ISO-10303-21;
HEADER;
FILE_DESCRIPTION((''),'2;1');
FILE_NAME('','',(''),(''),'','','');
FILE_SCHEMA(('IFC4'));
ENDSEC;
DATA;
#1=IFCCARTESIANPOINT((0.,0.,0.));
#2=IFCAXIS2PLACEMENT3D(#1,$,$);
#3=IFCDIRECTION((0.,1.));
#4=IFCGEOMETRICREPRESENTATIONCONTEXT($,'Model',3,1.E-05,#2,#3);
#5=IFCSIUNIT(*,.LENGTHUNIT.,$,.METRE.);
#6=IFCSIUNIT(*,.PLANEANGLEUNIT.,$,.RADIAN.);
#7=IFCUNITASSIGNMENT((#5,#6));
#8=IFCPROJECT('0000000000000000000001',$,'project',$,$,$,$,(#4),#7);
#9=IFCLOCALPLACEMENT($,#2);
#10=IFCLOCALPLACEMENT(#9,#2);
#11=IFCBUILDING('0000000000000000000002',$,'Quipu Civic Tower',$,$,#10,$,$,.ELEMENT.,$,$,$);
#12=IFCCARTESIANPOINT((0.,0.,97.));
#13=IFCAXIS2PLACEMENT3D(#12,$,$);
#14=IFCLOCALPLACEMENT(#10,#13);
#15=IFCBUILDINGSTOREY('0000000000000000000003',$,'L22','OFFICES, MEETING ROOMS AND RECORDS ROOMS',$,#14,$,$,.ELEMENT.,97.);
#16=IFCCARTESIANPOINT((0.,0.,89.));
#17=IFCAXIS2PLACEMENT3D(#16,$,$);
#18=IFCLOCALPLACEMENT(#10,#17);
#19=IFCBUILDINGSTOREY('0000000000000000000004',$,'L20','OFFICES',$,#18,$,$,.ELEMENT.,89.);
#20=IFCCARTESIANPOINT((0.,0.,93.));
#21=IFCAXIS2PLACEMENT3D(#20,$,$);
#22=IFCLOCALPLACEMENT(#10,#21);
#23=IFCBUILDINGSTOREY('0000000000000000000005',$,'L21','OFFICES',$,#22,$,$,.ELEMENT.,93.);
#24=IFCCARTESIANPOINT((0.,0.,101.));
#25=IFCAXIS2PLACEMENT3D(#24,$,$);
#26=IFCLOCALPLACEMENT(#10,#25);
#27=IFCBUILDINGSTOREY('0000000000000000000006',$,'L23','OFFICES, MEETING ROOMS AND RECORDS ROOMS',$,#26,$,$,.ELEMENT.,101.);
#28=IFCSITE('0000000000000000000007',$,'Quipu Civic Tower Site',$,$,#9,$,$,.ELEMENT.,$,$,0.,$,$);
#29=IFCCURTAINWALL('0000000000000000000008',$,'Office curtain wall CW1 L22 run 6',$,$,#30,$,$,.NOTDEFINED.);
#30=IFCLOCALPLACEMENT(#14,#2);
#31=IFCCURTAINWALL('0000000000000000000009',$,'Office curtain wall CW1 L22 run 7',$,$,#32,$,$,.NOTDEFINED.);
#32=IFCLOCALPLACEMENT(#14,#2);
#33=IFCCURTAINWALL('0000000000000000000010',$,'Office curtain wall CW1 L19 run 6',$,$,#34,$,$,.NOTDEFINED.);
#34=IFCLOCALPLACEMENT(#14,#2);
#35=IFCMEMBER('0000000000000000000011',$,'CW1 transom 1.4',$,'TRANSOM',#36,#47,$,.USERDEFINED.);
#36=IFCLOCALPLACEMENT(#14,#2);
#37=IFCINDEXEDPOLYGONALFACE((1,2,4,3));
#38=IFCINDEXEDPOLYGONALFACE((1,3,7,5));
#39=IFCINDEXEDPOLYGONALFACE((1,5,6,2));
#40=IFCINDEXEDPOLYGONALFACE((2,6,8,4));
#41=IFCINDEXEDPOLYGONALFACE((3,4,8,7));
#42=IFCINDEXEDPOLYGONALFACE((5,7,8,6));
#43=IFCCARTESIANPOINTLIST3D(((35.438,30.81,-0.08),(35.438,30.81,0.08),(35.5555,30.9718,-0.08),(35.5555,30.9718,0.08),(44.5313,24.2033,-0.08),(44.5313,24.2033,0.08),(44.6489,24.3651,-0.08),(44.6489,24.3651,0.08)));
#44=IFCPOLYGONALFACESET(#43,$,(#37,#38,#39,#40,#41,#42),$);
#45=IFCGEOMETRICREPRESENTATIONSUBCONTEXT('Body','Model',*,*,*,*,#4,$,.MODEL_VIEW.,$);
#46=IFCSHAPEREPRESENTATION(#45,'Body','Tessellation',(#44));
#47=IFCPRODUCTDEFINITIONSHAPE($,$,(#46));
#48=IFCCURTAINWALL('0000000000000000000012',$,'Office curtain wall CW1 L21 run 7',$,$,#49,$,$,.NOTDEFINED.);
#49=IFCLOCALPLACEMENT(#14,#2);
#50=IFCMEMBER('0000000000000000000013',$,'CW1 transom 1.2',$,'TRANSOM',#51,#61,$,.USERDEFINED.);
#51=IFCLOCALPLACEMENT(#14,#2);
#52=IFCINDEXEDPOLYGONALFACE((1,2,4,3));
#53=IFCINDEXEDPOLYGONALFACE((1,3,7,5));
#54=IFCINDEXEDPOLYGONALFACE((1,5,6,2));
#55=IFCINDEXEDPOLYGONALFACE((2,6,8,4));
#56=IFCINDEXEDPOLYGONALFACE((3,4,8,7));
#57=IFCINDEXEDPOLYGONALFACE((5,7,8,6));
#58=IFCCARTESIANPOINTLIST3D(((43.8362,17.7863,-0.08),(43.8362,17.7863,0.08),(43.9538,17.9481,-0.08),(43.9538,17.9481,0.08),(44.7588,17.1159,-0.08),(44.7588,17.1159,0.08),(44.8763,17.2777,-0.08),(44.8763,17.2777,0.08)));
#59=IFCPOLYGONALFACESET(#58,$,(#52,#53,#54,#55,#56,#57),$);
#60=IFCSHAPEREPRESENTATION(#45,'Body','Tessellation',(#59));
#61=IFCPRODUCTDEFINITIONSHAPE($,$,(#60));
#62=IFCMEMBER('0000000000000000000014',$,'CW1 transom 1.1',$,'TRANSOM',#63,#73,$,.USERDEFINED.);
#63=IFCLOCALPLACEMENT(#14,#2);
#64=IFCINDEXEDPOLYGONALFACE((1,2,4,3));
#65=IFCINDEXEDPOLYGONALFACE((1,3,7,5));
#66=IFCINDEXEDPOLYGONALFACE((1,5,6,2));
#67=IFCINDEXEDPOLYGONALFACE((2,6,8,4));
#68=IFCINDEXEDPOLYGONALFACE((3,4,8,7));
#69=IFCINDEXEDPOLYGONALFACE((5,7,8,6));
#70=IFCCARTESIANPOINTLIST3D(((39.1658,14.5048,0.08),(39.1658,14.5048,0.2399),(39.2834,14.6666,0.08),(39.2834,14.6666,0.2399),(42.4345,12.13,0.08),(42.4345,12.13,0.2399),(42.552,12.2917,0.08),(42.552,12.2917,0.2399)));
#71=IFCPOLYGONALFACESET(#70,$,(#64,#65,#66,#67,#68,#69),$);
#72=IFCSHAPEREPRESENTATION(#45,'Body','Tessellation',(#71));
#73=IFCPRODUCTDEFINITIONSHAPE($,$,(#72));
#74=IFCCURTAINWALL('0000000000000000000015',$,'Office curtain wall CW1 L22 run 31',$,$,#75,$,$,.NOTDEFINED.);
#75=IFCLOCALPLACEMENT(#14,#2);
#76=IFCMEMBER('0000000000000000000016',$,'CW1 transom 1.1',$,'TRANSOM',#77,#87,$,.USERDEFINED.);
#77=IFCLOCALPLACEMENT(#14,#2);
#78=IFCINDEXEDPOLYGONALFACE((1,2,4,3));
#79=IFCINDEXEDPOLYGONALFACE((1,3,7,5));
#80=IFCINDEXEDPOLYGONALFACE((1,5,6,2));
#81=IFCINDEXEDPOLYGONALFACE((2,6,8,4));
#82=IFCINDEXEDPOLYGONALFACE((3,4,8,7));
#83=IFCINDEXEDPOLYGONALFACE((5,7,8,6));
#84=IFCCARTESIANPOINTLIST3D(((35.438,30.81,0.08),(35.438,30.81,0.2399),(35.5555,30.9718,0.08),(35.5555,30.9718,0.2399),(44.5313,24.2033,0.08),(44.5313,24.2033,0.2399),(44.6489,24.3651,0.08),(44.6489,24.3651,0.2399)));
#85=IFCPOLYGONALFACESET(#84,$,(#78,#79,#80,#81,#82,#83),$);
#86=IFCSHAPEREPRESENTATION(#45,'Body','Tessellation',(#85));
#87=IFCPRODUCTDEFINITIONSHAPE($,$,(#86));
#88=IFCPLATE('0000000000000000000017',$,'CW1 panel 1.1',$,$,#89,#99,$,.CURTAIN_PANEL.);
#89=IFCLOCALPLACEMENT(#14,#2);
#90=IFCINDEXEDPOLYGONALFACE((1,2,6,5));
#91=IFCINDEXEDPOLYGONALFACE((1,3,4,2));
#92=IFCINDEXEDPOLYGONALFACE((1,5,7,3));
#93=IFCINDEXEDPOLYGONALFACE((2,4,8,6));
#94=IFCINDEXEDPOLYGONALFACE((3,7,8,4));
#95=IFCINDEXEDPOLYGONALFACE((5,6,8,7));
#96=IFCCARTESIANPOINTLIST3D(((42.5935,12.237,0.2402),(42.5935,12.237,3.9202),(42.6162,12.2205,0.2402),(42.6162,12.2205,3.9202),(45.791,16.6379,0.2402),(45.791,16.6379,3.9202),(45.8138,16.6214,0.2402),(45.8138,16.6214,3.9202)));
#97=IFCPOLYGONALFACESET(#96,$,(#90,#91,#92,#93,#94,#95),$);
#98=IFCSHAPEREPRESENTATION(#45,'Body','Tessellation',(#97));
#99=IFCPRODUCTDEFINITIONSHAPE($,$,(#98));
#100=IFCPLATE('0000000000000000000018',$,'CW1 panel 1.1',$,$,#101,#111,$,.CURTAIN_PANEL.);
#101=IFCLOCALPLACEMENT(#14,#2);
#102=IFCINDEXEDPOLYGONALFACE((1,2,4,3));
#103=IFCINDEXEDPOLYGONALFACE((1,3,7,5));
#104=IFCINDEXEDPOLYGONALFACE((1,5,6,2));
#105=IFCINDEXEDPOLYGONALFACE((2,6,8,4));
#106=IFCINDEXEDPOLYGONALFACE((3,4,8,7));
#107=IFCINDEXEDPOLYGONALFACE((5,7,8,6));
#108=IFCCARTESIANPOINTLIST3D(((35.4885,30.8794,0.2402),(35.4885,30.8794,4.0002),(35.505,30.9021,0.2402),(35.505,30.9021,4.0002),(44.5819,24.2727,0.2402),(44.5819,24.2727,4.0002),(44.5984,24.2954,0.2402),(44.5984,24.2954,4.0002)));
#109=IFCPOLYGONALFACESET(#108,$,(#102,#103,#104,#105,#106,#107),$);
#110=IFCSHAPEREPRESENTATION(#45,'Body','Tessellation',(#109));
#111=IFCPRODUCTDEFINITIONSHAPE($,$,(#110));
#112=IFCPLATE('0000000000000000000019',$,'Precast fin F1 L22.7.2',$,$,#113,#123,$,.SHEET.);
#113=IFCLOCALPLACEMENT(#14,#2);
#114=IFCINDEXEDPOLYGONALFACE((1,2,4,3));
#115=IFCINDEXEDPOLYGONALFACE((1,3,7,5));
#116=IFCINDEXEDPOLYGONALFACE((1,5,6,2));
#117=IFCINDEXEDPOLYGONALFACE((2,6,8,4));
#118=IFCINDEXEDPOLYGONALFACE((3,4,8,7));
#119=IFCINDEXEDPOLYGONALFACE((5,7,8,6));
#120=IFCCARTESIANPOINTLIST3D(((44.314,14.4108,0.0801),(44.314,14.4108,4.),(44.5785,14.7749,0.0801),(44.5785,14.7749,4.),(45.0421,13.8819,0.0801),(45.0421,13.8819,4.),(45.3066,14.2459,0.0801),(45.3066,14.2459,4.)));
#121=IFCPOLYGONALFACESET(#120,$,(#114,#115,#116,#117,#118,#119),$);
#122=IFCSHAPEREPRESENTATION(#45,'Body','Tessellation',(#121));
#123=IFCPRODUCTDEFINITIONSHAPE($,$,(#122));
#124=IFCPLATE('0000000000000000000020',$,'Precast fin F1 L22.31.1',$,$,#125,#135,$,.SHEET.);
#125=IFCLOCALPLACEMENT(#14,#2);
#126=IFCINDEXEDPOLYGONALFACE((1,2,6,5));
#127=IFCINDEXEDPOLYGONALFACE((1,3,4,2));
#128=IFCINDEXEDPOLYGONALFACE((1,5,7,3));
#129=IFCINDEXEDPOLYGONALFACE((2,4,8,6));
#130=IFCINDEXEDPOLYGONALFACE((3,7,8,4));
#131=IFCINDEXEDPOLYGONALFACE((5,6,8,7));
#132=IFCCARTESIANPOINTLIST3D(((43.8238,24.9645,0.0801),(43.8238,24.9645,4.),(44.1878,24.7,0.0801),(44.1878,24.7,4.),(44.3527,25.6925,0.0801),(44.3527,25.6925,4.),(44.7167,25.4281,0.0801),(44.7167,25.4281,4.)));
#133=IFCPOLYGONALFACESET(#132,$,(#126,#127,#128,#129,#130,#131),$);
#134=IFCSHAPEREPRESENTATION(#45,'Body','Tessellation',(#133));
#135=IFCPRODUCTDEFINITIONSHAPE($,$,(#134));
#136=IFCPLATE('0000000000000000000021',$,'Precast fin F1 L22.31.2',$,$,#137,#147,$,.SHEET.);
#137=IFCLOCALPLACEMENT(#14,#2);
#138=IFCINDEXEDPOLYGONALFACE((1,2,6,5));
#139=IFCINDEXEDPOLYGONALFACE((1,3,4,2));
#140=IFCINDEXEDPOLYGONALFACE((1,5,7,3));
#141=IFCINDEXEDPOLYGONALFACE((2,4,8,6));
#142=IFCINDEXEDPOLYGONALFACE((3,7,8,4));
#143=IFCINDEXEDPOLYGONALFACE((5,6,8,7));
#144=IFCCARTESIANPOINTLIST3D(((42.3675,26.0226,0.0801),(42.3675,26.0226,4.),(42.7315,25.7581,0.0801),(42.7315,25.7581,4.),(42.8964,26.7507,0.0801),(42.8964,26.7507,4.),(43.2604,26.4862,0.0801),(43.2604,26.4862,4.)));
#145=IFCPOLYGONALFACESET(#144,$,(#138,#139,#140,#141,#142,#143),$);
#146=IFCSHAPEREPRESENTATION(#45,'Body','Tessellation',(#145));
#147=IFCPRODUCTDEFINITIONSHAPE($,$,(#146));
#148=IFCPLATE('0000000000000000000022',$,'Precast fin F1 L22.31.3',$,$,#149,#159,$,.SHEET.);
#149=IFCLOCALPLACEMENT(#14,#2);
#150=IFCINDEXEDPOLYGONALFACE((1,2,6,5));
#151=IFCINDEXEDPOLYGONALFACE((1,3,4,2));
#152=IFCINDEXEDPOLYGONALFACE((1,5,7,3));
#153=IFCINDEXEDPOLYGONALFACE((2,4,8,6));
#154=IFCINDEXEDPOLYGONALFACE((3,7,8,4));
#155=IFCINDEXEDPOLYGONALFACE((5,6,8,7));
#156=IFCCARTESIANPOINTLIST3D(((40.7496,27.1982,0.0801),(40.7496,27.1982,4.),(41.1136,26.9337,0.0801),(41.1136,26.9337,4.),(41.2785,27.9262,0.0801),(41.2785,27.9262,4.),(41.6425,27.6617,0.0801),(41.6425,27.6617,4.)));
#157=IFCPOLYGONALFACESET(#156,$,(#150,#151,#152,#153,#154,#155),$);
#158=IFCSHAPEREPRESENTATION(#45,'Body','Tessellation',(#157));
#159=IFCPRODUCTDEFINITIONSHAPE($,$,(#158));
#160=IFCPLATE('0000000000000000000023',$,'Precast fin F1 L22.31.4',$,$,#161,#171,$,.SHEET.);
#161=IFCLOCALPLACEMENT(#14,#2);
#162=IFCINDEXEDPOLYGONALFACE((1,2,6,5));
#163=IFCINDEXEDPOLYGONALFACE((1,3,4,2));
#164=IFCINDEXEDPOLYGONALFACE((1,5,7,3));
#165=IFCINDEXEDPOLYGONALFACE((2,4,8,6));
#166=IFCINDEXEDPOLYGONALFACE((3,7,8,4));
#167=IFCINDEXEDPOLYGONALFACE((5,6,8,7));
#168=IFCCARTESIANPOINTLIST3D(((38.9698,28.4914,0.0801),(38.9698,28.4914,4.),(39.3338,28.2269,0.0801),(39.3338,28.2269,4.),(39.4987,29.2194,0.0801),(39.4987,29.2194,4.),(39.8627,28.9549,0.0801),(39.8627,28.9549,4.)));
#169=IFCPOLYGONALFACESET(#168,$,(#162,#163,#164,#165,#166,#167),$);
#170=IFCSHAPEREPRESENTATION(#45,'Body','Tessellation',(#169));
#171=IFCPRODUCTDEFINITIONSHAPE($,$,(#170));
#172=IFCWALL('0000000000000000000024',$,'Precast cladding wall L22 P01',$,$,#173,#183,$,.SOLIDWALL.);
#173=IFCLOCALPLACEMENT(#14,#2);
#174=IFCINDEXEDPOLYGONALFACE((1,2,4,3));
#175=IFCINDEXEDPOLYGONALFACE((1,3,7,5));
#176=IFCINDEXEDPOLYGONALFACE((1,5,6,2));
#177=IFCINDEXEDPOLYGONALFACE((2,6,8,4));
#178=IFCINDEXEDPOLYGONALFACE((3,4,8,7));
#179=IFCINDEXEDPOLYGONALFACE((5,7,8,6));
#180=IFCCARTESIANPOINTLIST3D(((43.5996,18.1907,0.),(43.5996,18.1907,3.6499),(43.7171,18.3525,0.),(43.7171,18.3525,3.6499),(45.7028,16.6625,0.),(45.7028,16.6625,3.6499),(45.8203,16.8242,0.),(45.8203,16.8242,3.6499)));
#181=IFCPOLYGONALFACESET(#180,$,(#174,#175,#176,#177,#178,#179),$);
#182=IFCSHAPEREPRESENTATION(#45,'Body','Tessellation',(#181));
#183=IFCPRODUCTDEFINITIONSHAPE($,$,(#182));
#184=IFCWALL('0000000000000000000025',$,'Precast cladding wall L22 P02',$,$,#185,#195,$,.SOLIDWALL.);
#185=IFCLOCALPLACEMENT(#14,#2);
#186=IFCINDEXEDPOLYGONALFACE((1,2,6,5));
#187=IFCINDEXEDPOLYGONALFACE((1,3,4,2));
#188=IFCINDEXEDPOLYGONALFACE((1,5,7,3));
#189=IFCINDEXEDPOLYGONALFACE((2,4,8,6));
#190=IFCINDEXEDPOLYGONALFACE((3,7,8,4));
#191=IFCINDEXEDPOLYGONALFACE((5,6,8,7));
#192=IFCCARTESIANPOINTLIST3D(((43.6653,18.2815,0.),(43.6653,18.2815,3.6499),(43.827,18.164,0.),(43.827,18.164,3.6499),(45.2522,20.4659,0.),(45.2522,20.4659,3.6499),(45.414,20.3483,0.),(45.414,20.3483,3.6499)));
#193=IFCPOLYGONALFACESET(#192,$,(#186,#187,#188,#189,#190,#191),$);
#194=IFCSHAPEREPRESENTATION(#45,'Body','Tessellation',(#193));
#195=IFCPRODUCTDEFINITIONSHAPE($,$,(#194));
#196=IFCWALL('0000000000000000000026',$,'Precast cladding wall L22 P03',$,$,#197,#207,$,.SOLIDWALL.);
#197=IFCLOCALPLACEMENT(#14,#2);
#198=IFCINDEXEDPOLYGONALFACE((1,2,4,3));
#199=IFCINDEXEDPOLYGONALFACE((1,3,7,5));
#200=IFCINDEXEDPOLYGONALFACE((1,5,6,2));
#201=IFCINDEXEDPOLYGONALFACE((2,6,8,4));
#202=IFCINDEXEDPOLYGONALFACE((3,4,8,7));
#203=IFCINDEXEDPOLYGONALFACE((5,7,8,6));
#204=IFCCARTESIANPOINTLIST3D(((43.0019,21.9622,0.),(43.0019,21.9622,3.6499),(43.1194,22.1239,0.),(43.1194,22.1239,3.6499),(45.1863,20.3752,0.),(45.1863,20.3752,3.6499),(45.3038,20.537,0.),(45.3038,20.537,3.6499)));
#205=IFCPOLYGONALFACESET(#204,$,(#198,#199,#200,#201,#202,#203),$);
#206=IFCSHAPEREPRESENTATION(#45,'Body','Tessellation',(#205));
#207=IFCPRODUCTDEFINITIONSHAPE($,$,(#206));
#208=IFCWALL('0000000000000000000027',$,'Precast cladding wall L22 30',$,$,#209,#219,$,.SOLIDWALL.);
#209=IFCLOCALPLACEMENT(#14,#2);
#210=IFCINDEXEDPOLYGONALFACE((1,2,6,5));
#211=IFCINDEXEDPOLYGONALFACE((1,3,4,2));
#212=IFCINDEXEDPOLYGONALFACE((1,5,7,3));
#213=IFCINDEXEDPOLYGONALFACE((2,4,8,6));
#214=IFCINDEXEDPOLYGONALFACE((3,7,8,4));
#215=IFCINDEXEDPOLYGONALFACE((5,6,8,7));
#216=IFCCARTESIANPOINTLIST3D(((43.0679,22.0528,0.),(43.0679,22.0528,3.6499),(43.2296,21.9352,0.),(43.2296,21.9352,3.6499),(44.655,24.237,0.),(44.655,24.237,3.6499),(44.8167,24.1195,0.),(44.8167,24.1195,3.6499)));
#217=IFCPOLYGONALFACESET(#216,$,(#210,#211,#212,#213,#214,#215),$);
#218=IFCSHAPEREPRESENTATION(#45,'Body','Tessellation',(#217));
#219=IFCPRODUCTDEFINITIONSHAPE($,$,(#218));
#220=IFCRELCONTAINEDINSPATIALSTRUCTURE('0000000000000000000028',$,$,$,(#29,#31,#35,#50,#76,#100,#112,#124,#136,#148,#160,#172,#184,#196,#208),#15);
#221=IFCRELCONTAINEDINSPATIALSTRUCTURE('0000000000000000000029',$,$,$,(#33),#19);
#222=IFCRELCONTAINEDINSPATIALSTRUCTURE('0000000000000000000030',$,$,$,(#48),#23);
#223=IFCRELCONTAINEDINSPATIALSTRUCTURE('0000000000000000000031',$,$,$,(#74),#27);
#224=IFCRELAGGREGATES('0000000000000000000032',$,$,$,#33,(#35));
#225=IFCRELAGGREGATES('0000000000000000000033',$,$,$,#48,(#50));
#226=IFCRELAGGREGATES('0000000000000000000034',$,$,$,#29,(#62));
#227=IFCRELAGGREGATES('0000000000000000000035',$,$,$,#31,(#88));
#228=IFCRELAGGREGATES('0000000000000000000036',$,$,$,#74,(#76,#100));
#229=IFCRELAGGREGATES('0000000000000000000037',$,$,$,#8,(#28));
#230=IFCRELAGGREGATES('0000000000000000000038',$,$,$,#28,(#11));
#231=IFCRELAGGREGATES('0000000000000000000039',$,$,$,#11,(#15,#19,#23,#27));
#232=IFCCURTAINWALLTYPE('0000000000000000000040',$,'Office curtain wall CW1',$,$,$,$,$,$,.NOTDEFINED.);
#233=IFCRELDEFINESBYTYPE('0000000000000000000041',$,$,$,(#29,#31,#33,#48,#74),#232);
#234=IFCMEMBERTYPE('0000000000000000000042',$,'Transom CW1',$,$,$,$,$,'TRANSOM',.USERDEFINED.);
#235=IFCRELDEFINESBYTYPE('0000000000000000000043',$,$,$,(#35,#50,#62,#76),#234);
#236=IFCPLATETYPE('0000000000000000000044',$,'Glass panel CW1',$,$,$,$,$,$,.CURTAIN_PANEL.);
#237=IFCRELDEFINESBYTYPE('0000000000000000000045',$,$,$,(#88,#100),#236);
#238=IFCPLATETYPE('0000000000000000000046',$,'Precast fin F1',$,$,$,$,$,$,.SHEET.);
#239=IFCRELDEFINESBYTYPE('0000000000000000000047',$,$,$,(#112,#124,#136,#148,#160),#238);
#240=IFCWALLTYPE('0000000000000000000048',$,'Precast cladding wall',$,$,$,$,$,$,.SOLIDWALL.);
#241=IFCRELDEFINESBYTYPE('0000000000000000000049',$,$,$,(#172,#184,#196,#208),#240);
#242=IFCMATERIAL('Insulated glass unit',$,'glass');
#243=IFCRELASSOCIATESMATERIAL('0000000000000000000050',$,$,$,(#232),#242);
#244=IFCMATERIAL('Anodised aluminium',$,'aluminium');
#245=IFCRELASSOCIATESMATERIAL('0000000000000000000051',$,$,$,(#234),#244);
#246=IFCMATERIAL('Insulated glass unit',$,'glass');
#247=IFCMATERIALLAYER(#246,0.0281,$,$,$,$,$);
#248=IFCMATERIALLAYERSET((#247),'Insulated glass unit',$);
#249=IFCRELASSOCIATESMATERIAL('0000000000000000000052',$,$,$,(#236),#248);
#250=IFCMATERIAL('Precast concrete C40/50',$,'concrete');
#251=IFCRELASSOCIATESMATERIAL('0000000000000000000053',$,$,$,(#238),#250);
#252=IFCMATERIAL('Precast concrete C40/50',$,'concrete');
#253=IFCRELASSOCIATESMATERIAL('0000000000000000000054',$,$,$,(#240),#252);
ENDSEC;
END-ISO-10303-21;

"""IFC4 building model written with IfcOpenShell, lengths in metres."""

from ifc_helpers import new_model, si_unit, direction, frame, frame_2d, origin, origin_2d, place, context, subcontext, project, spatial, rectangle, extrude, material, layer, layer_set, material_profile, profile_set, type_object, element, aggregate, save


model = new_model("IFC4")

# Units and contexts
model_context = context("Model", 3, precision=1e-05, world=origin(), true_north=direction((0.0, 1.0)))
body_context = subcontext(model_context, "Body", "Model", "MODEL_VIEW")
ifc_project = project(units=[si_unit("LENGTHUNIT", "METRE"), si_unit("PLANEANGLEUNIT", "RADIAN")], contexts=[model_context])

# Site, building, storey
site_placement = place(None, origin())
site = spatial("IfcSite", under=ifc_project, at=site_placement, Name="Quipu Civic Tower Site", CompositionType="ELEMENT", RefElevation=0.0)
building_placement = place(site_placement, origin())
building = spatial("IfcBuilding", under=site, at=building_placement, Name="Quipu Civic Tower", CompositionType="ELEMENT")
storey_1_placement = place(building_placement, frame((0.0, 0.0, 97.0)))
storey_1 = spatial("IfcBuildingStorey", under=building, at=storey_1_placement, Name="L22", Description="OFFICES, MEETING ROOMS AND RECORDS ROOMS", CompositionType="ELEMENT", Elevation=97.0)

# Curtain walls
ifc_material_1 = material(Name="Insulated glass unit", Category="glass")
curtain_wall_type = type_object("IfcCurtainWallType", Name="Office curtain wall CW1", PredefinedType="NOTDEFINED", material=ifc_material_1)
curtain_wall_1_placement = place(storey_1_placement, origin())
curtain_wall_1 = element("IfcCurtainWall", 1, at=curtain_wall_1_placement, inside=storey_1, type_object=curtain_wall_type, Name="Office curtain wall CW1 L22 run 6", PredefinedType="NOTDEFINED")
curtain_wall_2_placement = place(storey_1_placement, origin())
curtain_wall_2 = element("IfcCurtainWall", 2, at=curtain_wall_2_placement, inside=storey_1, type_object=curtain_wall_type, Name="Office curtain wall CW1 L22 run 7", PredefinedType="NOTDEFINED")

# Shared definitions
storey_2_placement = place(building_placement, frame((0.0, 0.0, 89.0)))
storey_2 = spatial("IfcBuildingStorey", under=building, at=storey_2_placement, Name="L20", Description="OFFICES", CompositionType="ELEMENT", Elevation=89.0)

# Curtain wall, member
curtain_wall_3_placement = place(storey_2_placement, origin())
curtain_wall_3 = element("IfcCurtainWall", 3, at=curtain_wall_3_placement, inside=storey_2, type_object=curtain_wall_type, Name="Office curtain wall CW1 L19 run 6", PredefinedType="NOTDEFINED")
ifc_material_2 = material(Name="Anodised aluminium", Category="aluminium")
ifc_material_profile_1 = material_profile(ifc_material_2, rectangle(XDim=0.2, YDim=0.1599, at=origin_2d()), Name="RECT 200x160")
ifc_profile_set_1 = profile_set([ifc_material_profile_1], Name="Anodised aluminium")
member_type_1 = type_object("IfcMemberType", Name="Transom CW1", ElementType="TRANSOM", PredefinedType="USERDEFINED", material=ifc_profile_set_1)
member_1_placement = place(storey_1_placement, frame((44.5901, 24.2842, 0.0), z_axis=(-0.809015, 0.587788, 0.0), x_axis=(-0.587788, -0.809015, 0.0)))
member_1 = element("IfcMember", 4, at=member_1_placement, inside=storey_1, type_object=member_type_1, Name="CW1 transom 1.4", ObjectType="TRANSOM", PredefinedType="USERDEFINED", context=body_context, shape_type="SweptSolid", body=[
    extrude(rectangle(XDim=0.2, YDim=0.1599, at=origin_2d()), origin(), (0.0, 0.0, 1.0), 11.24),
])
aggregate(curtain_wall_3, [member_1])

# Shared definitions
storey_3_placement = place(building_placement, frame((0.0, 0.0, 93.0)))
storey_3 = spatial("IfcBuildingStorey", under=building, at=storey_3_placement, Name="L21", Description="OFFICES", CompositionType="ELEMENT", Elevation=93.0)

# Curtain wall, member
curtain_wall_4_placement = place(storey_3_placement, origin())
curtain_wall_4 = element("IfcCurtainWall", 5, at=curtain_wall_4_placement, inside=storey_3, type_object=curtain_wall_type, Name="Office curtain wall CW1 L21 run 7", PredefinedType="NOTDEFINED")
member_2_placement = place(storey_1_placement, frame((43.895, 17.8672, 0.0), z_axis=(0.808977, -0.587841, 0.0), x_axis=(0.587841, 0.808977, 0.0)))
member_2 = element("IfcMember", 6, at=member_2_placement, inside=storey_1, type_object=member_type_1, Name="CW1 transom 1.2", ObjectType="TRANSOM", PredefinedType="USERDEFINED", context=body_context, shape_type="SweptSolid", body=[
    extrude(rectangle(XDim=0.2, YDim=0.1599, at=origin_2d()), origin(), (0.0, 0.0, 1.0), 1.1404),
])
aggregate(curtain_wall_4, [member_2])

# Member
member_3_placement = place(storey_1_placement, frame((39.2246, 14.5857, 0.1599), z_axis=(0.809016, -0.587787, 0.0), x_axis=(0.587787, 0.809016, 0.0)))
member_3 = element("IfcMember", 7, at=member_3_placement, type_object=member_type_1, Name="CW1 transom 1.1", ObjectType="TRANSOM", PredefinedType="USERDEFINED", context=body_context, shape_type="SweptSolid", body=[
    extrude(rectangle(XDim=0.2, YDim=0.1599, at=origin_2d()), origin(), (0.0, 0.0, 1.0), 4.0403),
])
aggregate(curtain_wall_1, [member_3])

# Shared definitions
storey_4_placement = place(building_placement, frame((0.0, 0.0, 101.0)))
storey_4 = spatial("IfcBuildingStorey", under=building, at=storey_4_placement, Name="L23", Description="OFFICES, MEETING ROOMS AND RECORDS ROOMS", CompositionType="ELEMENT", Elevation=101.0)

# Curtain wall, member
curtain_wall_5_placement = place(storey_4_placement, origin())
curtain_wall_5 = element("IfcCurtainWall", 8, at=curtain_wall_5_placement, inside=storey_4, type_object=curtain_wall_type, Name="Office curtain wall CW1 L22 run 31", PredefinedType="NOTDEFINED")
member_4_placement = place(storey_1_placement, frame((44.5901, 24.2842, 0.1599), z_axis=(-0.809015, 0.587788, 0.0), x_axis=(-0.587788, -0.809015, 0.0)))
member_4 = element("IfcMember", 9, at=member_4_placement, inside=storey_1, type_object=member_type_1, Name="CW1 transom 1.1", ObjectType="TRANSOM", PredefinedType="USERDEFINED", context=body_context, shape_type="SweptSolid", body=[
    extrude(rectangle(XDim=0.2, YDim=0.1599, at=origin_2d()), origin(), (0.0, 0.0, 1.0), 11.24),
])

# Plates
ifc_material_3 = material(Name="Insulated glass unit", Category="glass")
ifc_layer = layer(ifc_material_3, 0.0281)
ifc_layer_set = layer_set([ifc_layer], Name="Insulated glass unit")
plate_type_1 = type_object("IfcPlateType", Name="Glass panel CW1", PredefinedType="CURTAIN_PANEL", material=ifc_layer_set)
plate_1_placement = place(storey_1_placement, frame((44.2036, 14.4292, 0.2402), z_axis=(0.0, 0.0, 1.0), x_axis=(0.587794, 0.809011, 0.0)))
plate_1 = element("IfcPlate", 10, at=plate_1_placement, type_object=plate_type_1, Name="CW1 panel 1.1", PredefinedType="CURTAIN_PANEL", context=body_context, shape_type="SweptSolid", body=[
    extrude(rectangle(XDim=5.4399, YDim=0.0281, at=origin_2d()), origin(), (0.0, 0.0, 1.0), 3.6799),
])
aggregate(curtain_wall_2, [plate_1])
plate_2_placement = place(storey_1_placement, frame((40.0435, 27.5874, 0.2402), z_axis=(0.0, 0.0, 1.0), x_axis=(-0.809015, 0.587788, 0.0)))
plate_2 = element("IfcPlate", 11, at=plate_2_placement, inside=storey_1, type_object=plate_type_1, Name="CW1 panel 1.1", PredefinedType="CURTAIN_PANEL", context=body_context, shape_type="SweptSolid", body=[
    extrude(rectangle(XDim=11.24, YDim=0.0281, at=origin_2d()), origin(), (0.0, 0.0, 1.0), 3.76),
])
aggregate(curtain_wall_5, [member_4, plate_2])

# Plates
ifc_material_4 = material(Name="Precast concrete C40/50", Category="concrete")
plate_type_2 = type_object("IfcPlateType", Name="Precast fin F1", PredefinedType="SHEET", material=ifc_material_4)
for number, where, z_axis, x_axis, name in (
    (12, (44.8103, 14.3284, 0.0801), (0.0, 0.0, 1.0), (0.587788, 0.809015, 0.0), "Precast fin F1 L22.7.2"),
    (13, (44.2703, 25.1963, 0.0801), (0.0, 0.0, 1.0), (-0.809017, 0.587785, 0.0), "Precast fin F1 L22.31.1"),
    (14, (42.814, 26.2544, 0.0801), (0.0, 0.0, 1.0), (-0.809017, 0.587785, 0.0), "Precast fin F1 L22.31.2"),
    (15, (41.196, 27.4299, 0.0801), (0.0, 0.0, 1.0), (-0.809017, 0.587785, 0.0), "Precast fin F1 L22.31.3"),
    (16, (39.4163, 28.7231, 0.0801), (0.0, 0.0, 1.0), (-0.809017, 0.587785, 0.0), "Precast fin F1 L22.31.4"),
):
    element("IfcPlate", number, at=place(storey_1_placement, frame(where, z_axis=z_axis, x_axis=x_axis)), inside=storey_1, type_object=plate_type_2, Name=name, PredefinedType="SHEET", context=body_context, shape_type="SweptSolid", body=[
        extrude(rectangle(XDim=0.45, YDim=0.8999, at=origin_2d()), origin(), (0.0, 0.0, 1.0), 3.9199),
    ])

# Walls
ifc_material_5 = material(Name="Precast concrete C40/50", Category="concrete")
wall_type = type_object("IfcWallType", Name="Precast cladding wall", PredefinedType="SOLIDWALL", material=ifc_material_5)
wall_placement = place(storey_1_placement, frame((45.7615, 16.7434, 0.0), z_axis=(0.0, 0.0, 1.0), x_axis=(-0.80898, 0.587837, 0.0)))
element("IfcWall", 17, at=wall_placement, inside=storey_1, type_object=wall_type, Name="Precast cladding wall L22 P01", PredefinedType="SOLIDWALL", context=body_context, shape_type="SweptSolid", body=[
    extrude(rectangle(XDim=2.5999, YDim=0.2, at=frame_2d((1.2998, 0.0))), origin(), (0.0, 0.0, 1.0), 3.6499),
])
for number, where, z_axis, x_axis, name in (
    (18, (43.7461, 18.2227, 0.0), (0.0, 0.0, 1.0), (0.587763, 0.809033, 0.0), "Precast cladding wall L22 P02"),
    (19, (45.2451, 20.4561, 0.0), (0.0, 0.0, 1.0), (-0.809033, 0.587763, 0.0), "Precast cladding wall L22 P03"),
    (20, (43.1487, 21.9939, 0.0), (0.0, 0.0, 1.0), (0.587822, 0.80899, 0.0), "Precast cladding wall L22 30"),
):
    element("IfcWall", number, at=place(storey_1_placement, frame(where, z_axis=z_axis, x_axis=x_axis)), inside=storey_1, type_object=wall_type, Name=name, PredefinedType="SOLIDWALL", context=body_context, shape_type="SweptSolid", body=[
        extrude(rectangle(XDim=2.7, YDim=0.2, at=frame_2d((1.3501, 0.0))), origin(), (0.0, 0.0, 1.0), 3.6499),
    ])

save(model, "model.ifc")
